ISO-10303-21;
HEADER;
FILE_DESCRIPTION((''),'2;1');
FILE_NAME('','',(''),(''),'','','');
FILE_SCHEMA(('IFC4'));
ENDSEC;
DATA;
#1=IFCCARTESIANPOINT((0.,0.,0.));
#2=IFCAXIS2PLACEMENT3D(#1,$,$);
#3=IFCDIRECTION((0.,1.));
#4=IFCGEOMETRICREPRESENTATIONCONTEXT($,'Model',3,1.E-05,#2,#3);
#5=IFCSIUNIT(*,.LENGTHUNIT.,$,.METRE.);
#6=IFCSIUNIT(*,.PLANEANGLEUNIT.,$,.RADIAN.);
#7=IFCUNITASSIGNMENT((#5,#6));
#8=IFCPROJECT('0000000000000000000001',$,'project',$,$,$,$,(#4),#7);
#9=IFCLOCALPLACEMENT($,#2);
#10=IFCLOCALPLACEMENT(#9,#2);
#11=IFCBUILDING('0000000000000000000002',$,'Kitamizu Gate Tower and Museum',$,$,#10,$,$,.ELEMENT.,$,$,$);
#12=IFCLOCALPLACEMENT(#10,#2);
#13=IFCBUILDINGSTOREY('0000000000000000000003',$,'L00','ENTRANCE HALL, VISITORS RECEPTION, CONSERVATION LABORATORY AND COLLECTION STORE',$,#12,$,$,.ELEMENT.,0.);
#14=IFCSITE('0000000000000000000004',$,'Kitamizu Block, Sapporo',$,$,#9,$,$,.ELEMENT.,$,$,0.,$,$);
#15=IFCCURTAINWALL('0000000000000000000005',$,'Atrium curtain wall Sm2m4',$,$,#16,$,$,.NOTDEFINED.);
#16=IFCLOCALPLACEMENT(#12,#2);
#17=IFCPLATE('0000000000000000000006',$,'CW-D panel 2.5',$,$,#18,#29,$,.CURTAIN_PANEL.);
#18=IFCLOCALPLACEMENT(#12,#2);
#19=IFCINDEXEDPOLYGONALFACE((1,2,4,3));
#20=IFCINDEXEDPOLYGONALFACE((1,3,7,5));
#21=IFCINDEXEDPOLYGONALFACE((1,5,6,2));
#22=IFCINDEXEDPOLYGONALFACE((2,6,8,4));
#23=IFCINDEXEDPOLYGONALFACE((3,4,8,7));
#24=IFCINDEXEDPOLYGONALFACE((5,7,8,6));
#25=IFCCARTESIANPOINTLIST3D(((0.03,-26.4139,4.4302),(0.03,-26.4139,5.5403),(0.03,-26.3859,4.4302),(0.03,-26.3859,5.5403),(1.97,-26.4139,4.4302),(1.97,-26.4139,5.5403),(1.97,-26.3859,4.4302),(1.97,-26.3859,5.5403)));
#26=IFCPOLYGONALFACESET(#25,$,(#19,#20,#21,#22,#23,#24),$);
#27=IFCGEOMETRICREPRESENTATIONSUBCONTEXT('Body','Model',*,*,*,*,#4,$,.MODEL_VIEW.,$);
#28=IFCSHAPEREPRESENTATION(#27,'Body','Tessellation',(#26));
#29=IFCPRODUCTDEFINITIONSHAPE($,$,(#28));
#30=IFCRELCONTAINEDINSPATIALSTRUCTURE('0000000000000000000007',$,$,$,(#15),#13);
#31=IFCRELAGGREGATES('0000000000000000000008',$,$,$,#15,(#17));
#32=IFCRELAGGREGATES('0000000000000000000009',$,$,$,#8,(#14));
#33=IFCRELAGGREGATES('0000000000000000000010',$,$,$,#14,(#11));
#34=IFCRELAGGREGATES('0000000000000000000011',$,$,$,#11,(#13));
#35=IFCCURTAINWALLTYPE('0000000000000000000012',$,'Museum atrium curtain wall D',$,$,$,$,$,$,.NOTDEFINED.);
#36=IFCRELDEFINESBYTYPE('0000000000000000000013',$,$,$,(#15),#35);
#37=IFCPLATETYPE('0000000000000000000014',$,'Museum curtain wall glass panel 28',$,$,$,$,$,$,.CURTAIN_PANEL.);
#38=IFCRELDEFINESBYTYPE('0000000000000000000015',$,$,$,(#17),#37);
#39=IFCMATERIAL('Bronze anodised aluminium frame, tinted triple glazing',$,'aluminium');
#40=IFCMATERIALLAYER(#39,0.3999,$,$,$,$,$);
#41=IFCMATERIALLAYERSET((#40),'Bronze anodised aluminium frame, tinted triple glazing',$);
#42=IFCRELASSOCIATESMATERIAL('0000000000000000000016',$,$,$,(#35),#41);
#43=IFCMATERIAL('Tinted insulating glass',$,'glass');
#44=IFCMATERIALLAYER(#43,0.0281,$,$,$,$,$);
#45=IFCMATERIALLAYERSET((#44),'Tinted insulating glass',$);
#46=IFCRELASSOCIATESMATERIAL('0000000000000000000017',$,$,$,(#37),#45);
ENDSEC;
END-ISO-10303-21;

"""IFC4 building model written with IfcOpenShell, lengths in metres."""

from ifc_helpers import new_model, si_unit, direction, frame, origin, origin_2d, place, context, subcontext, project, spatial, rectangle, extrude, material, layer, layer_set, type_object, element, aggregate, save


model = new_model("IFC4")

# Units and contexts
model_context = context("Model", 3, precision=1e-05, world=origin(), true_north=direction((0.0, 1.0)))
body_context = subcontext(model_context, "Body", "Model", "MODEL_VIEW")
ifc_project = project(units=[si_unit("LENGTHUNIT", "METRE"), si_unit("PLANEANGLEUNIT", "RADIAN")], contexts=[model_context])

# Site, building, storey
site_placement = place(None, origin())
site = spatial("IfcSite", under=ifc_project, at=site_placement, Name="Kitamizu Block, Sapporo", CompositionType="ELEMENT", RefElevation=0.0)
building_placement = place(site_placement, origin())
building = spatial("IfcBuilding", under=site, at=building_placement, Name="Kitamizu Gate Tower and Museum", CompositionType="ELEMENT")
storey_placement = place(building_placement, origin())
storey = spatial("IfcBuildingStorey", under=building, at=storey_placement, Name="L00", Description="ENTRANCE HALL, VISITORS RECEPTION, CONSERVATION LABORATORY AND COLLECTION STORE", CompositionType="ELEMENT", Elevation=0.0)

# Curtain wall, plate
ifc_material_1 = material(Name="Bronze anodised aluminium frame, tinted triple glazing", Category="aluminium")
ifc_layer_1 = layer(ifc_material_1, 0.3999)
ifc_layer_set_1 = layer_set([ifc_layer_1], Name="Bronze anodised aluminium frame, tinted triple glazing")
curtain_wall_type = type_object("IfcCurtainWallType", Name="Museum atrium curtain wall D", PredefinedType="NOTDEFINED", material=ifc_layer_set_1)
curtain_wall_placement = place(storey_placement, origin())
curtain_wall = element("IfcCurtainWall", 1, at=curtain_wall_placement, inside=storey, type_object=curtain_wall_type, Name="Atrium curtain wall Sm2m4", PredefinedType="NOTDEFINED")
ifc_material_2 = material(Name="Tinted insulating glass", Category="glass")
ifc_layer_2 = layer(ifc_material_2, 0.0281)
ifc_layer_set_2 = layer_set([ifc_layer_2], Name="Tinted insulating glass")
plate_type = type_object("IfcPlateType", Name="Museum curtain wall glass panel 28", PredefinedType="CURTAIN_PANEL", material=ifc_layer_set_2)
plate_1_placement = place(storey_placement, frame((1.0, -26.3999, 4.4302), z_axis=(0.0, 0.0, 1.0), x_axis=(1.0, 0.0, 0.0)))
plate_1 = element("IfcPlate", 2, at=plate_1_placement, type_object=plate_type, Name="CW-D panel 2.5", PredefinedType="CURTAIN_PANEL", context=body_context, shape_type="SweptSolid", body=[
    extrude(rectangle(XDim=1.9399, YDim=0.0281, at=origin_2d()), origin(), (0.0, 0.0, 1.0), 1.1101),
])
aggregate(curtain_wall, [plate_1])

save(model, "model.ifc")
